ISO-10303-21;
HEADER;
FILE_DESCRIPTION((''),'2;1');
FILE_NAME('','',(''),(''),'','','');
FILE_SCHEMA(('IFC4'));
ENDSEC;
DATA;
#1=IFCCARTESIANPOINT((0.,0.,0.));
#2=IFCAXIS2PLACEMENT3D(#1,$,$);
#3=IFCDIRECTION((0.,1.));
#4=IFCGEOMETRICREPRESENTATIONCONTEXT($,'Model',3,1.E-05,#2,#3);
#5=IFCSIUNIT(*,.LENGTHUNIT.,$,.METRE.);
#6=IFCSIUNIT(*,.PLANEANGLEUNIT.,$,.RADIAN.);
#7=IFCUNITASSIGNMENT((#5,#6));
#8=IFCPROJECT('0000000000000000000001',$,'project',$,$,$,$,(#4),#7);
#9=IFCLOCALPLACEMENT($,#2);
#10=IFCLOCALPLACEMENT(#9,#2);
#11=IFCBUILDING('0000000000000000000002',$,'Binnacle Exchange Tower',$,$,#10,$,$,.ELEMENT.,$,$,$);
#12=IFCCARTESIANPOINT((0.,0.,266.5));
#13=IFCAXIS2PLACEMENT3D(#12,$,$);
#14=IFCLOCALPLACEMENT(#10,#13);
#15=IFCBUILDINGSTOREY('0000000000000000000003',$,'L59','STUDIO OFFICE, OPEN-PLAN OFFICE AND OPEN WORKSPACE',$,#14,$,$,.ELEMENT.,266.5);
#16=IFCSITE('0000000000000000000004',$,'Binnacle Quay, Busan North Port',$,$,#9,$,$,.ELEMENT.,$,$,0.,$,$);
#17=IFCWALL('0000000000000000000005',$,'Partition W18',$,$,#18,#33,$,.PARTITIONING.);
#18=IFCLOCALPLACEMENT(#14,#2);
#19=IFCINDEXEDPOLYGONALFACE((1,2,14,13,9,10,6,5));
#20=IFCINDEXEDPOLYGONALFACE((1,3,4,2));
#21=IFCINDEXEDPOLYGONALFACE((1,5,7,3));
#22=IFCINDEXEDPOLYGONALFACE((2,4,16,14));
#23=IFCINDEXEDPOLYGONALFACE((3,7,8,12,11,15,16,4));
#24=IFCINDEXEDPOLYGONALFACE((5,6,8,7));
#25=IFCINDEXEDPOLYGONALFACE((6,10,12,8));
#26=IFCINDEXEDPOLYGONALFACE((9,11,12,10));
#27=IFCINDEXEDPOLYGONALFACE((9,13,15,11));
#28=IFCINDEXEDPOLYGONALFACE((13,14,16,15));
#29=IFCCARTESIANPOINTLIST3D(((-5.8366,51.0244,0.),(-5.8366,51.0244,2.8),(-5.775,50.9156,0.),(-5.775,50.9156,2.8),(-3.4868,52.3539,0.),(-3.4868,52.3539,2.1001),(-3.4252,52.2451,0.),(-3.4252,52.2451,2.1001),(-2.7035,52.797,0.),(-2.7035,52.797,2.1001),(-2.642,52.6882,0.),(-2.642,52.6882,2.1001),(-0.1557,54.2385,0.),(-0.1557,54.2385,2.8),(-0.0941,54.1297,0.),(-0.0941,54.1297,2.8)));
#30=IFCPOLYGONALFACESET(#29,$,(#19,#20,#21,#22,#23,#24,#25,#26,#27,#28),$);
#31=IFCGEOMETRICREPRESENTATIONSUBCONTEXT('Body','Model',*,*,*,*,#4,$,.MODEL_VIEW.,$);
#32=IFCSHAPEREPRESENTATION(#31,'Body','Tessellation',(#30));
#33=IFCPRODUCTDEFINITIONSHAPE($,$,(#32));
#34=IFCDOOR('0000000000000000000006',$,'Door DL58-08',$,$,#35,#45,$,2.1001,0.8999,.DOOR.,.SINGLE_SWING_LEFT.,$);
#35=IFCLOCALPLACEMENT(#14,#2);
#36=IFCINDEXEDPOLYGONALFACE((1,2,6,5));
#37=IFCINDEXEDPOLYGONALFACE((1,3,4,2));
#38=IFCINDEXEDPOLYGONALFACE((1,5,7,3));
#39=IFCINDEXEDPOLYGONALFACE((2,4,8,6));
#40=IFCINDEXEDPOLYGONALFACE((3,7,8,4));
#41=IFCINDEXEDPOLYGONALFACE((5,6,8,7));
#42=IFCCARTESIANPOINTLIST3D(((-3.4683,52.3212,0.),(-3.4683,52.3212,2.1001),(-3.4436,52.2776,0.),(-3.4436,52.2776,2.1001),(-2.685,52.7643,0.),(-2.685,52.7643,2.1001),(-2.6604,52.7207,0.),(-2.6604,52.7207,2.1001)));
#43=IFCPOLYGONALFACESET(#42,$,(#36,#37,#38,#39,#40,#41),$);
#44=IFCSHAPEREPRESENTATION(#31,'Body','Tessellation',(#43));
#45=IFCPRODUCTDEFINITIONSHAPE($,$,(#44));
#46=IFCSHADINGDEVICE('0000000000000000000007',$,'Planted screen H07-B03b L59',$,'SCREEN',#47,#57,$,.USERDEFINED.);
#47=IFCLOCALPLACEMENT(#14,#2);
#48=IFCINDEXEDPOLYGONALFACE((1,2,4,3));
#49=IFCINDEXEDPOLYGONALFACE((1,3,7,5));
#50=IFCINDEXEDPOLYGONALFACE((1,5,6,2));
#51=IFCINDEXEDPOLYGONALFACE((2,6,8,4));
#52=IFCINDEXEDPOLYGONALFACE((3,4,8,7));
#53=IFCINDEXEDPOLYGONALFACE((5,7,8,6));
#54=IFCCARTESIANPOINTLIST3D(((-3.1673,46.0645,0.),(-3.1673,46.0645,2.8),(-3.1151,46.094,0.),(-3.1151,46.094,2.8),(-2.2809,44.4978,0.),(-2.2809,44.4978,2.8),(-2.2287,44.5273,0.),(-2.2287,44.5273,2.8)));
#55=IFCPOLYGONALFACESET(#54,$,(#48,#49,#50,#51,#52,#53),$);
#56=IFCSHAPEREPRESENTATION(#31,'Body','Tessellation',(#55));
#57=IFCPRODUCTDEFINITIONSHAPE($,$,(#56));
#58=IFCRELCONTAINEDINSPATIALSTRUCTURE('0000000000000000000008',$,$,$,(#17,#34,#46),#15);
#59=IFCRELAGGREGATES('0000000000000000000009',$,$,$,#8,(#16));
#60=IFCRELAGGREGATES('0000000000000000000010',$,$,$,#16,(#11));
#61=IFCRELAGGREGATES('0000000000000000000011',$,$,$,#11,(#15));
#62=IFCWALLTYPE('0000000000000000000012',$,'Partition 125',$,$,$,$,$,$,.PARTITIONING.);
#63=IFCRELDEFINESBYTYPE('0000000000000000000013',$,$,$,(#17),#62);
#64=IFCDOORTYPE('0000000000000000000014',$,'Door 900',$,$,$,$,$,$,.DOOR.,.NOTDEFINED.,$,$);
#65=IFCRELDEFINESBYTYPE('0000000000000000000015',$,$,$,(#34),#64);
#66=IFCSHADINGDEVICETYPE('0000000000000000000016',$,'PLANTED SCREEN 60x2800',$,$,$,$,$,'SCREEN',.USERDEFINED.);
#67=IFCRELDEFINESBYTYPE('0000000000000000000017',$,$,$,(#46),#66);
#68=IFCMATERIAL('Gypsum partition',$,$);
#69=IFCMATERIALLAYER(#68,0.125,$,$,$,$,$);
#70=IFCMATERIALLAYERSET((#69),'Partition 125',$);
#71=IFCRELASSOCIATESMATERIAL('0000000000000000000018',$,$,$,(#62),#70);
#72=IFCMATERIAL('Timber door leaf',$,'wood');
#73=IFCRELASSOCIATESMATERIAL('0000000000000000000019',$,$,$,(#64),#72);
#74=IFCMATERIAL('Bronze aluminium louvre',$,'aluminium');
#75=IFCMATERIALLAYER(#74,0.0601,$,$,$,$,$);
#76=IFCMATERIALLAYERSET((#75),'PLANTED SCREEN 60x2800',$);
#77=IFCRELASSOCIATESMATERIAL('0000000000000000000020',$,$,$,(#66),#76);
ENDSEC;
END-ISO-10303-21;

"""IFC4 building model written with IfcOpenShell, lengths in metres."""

from ifc_helpers import new_model, si_unit, direction, frame, frame_2d, origin, origin_2d, place, context, subcontext, project, spatial, rectangle, extrude, material, layer, layer_set, type_object, element, fill, save


model = new_model("IFC4")

# Units and contexts
model_context = context("Model", 3, precision=1e-05, world=origin(), true_north=direction((0.0, 1.0)))
body_context = subcontext(model_context, "Body", "Model", "MODEL_VIEW")
ifc_project = project(units=[si_unit("LENGTHUNIT", "METRE"), si_unit("PLANEANGLEUNIT", "RADIAN")], contexts=[model_context])

# Site, building, storey
site_placement = place(None, origin())
site = spatial("IfcSite", under=ifc_project, at=site_placement, Name="Binnacle Quay, Busan North Port", CompositionType="ELEMENT", RefElevation=0.0)
building_placement = place(site_placement, origin())
building = spatial("IfcBuilding", under=site, at=building_placement, Name="Binnacle Exchange Tower", CompositionType="ELEMENT")
storey_placement = place(building_placement, frame((0.0, 0.0, 266.5)))
storey = spatial("IfcBuildingStorey", under=building, at=storey_placement, Name="L59", Description="STUDIO OFFICE, OPEN-PLAN OFFICE AND OPEN WORKSPACE", CompositionType="ELEMENT", Elevation=266.5)

# Wall, opening, door
ifc_material_1 = material(Name="Gypsum partition")
ifc_layer_1 = layer(ifc_material_1, 0.125)
ifc_layer_set_1 = layer_set([ifc_layer_1], Name="Partition 125")
wall_type_1 = type_object("IfcWallType", Name="Partition 125", PredefinedType="PARTITIONING", material=ifc_layer_set_1)
wall_1_placement = place(storey_placement, frame((-5.8059, 50.97, 0.0), z_axis=(0.0, 0.0, 1.0), x_axis=(0.870355, 0.492425, 0.0)))
wall_1 = element("IfcWall", 1, at=wall_1_placement, inside=storey, type_object=wall_type_1, Name="Partition W18", PredefinedType="PARTITIONING", context=body_context, shape_type="SweptSolid", body=[
    extrude(rectangle(XDim=6.5271, YDim=0.125, at=frame_2d((3.2637, 0.0))), origin(), (0.0, 0.0, 1.0), 2.8),
])
opening_1_placement = place(wall_1_placement, frame((2.7, 0.0, 0.0)))
opening_1 = element("IfcOpeningElement", 2, at=opening_1_placement, cuts=wall_1, PredefinedType="OPENING", context=body_context, shape_type="SweptSolid", body=[
    extrude(rectangle(XDim=0.8999, YDim=2.1001, at=frame_2d((0.45, 1.05))), frame((0.0, 0.0725, 0.0), z_axis=(0.0, -1.0, 0.0), x_axis=(1.0, 0.0, 0.0)), (0.0, 0.0, 1.0), 0.145),
])
ifc_material_2 = material(Name="Timber door leaf", Category="wood")
door_type_1 = type_object("IfcDoorType", Name="Door 900", OperationType="NOTDEFINED", PredefinedType="DOOR", material=ifc_material_2)
door_1_placement = place(opening_1_placement, origin())
door_1 = element("IfcDoor", 3, at=door_1_placement, inside=storey, type_object=door_type_1, Name="Door DL58-08", OperationType="SINGLE_SWING_LEFT", OverallHeight=2.1001, OverallWidth=0.8999, PredefinedType="DOOR", context=body_context, shape_type="SweptSolid", body=[
    extrude(rectangle(XDim=0.8999, YDim=2.1001, at=frame_2d((0.45, 1.05))), frame((0.0, 0.0249, 0.0), z_axis=(0.0, -1.0, 0.0), x_axis=(1.0, 0.0, 0.0)), (0.0, 0.0, 1.0), 0.05),
])
fill(opening_1, door_1)

# Shading device
ifc_material_3 = material(Name="Bronze aluminium louvre", Category="aluminium")
ifc_layer_2 = layer(ifc_material_3, 0.0601)
ifc_layer_set_2 = layer_set([ifc_layer_2], Name="PLANTED SCREEN 60x2800")
shading_device_type = type_object("IfcShadingDeviceType", Name="PLANTED SCREEN 60x2800", ElementType="SCREEN", PredefinedType="USERDEFINED", material=ifc_layer_set_2)
shading_device_placement = place(storey_placement, frame((-2.698, 45.2959, 0.0), z_axis=(0.0, 0.0, 1.0), x_axis=(0.870356, 0.492424, 0.0)))
element("IfcShadingDevice", 4, at=shading_device_placement, inside=storey, type_object=shading_device_type, Name="Planted screen H07-B03b L59", ObjectType="SCREEN", PredefinedType="USERDEFINED", context=body_context, shape_type="SweptSolid", body=[
    extrude(rectangle(XDim=0.0601, YDim=1.8, at=origin_2d()), origin(), (0.0, 0.0, 1.0), 2.8),
])

save(model, "model.ifc")
